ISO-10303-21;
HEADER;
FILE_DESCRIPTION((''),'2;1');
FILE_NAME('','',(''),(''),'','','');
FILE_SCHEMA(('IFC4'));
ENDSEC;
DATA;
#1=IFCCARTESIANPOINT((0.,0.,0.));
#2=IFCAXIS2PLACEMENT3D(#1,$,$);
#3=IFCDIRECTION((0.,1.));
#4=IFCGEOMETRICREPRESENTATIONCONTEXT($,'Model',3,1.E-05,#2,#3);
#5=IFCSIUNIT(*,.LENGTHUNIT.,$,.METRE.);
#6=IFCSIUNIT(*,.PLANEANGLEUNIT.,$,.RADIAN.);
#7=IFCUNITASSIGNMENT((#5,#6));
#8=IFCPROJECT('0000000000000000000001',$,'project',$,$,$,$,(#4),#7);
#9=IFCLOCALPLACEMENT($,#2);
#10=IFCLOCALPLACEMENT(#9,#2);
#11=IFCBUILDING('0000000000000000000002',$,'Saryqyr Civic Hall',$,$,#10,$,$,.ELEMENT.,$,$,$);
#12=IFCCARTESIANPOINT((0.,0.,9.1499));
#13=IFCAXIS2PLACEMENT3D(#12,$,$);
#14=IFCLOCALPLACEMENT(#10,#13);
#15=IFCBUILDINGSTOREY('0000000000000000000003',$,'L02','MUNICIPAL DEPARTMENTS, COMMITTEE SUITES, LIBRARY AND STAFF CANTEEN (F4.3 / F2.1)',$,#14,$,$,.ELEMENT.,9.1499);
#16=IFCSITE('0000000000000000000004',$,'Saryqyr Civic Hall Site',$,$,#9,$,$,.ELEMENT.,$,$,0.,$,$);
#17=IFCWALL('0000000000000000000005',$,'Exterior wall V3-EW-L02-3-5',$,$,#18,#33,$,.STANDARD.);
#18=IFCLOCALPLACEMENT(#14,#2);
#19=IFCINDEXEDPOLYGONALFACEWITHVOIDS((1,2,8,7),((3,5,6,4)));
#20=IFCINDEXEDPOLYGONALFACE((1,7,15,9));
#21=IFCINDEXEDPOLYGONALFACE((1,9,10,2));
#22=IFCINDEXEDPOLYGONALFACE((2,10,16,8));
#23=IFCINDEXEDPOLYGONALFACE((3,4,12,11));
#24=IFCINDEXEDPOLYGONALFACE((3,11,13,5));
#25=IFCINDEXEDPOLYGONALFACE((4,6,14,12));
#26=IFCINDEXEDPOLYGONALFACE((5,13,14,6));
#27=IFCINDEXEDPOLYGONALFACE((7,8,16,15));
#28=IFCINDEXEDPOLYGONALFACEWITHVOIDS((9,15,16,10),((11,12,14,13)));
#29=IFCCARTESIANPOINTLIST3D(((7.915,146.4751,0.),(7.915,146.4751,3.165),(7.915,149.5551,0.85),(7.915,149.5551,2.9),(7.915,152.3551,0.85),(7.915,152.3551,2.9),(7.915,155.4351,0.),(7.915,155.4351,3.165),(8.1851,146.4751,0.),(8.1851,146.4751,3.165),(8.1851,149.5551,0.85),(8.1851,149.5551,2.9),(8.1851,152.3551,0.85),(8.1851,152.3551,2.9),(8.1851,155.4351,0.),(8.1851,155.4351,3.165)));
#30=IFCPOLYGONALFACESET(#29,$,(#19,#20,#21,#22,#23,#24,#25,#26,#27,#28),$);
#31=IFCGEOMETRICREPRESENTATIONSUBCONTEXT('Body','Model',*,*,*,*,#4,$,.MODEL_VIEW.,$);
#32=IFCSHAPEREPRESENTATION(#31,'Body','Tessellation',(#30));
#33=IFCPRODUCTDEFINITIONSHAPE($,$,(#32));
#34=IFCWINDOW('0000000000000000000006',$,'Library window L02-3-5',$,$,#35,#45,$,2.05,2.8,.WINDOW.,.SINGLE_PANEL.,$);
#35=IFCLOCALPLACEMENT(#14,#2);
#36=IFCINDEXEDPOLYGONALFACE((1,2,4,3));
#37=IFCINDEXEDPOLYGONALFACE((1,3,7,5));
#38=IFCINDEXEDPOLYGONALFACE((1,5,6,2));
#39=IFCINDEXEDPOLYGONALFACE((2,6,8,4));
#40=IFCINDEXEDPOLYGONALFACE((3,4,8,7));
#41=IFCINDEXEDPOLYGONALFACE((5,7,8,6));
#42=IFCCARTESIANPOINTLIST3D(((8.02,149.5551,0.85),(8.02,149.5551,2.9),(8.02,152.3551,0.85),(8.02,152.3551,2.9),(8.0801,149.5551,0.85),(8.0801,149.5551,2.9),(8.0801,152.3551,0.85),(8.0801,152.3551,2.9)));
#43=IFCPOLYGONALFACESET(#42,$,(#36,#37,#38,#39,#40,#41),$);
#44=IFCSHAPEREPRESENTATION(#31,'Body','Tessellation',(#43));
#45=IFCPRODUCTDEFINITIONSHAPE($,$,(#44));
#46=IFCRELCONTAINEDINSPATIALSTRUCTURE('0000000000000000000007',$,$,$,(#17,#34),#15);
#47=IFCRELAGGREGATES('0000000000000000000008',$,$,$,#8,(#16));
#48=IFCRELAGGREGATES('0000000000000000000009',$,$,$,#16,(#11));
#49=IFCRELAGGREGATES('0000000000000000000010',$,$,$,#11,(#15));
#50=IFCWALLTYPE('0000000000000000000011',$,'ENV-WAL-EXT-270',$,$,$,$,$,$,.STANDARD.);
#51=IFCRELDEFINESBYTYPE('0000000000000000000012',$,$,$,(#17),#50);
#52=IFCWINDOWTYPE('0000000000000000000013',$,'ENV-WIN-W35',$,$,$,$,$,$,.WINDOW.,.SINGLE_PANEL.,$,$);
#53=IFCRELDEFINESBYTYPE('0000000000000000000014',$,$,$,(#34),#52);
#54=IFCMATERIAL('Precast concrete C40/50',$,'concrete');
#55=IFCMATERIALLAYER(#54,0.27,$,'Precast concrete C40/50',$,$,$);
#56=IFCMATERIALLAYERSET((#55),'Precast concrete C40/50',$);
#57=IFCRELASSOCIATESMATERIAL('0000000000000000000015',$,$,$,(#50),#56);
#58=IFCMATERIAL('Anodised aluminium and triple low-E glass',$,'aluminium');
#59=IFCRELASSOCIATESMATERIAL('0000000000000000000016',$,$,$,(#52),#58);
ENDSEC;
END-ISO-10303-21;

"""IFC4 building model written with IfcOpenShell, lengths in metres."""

from ifc_helpers import new_model, si_unit, direction, frame, frame_2d, origin, place, context, subcontext, project, spatial, rectangle, extrude, material, layer, layer_set, type_object, element, fill, save


model = new_model("IFC4")

# Units and contexts
model_context = context("Model", 3, precision=1e-05, world=origin(), true_north=direction((0.0, 1.0)))
body_context = subcontext(model_context, "Body", "Model", "MODEL_VIEW")
ifc_project = project(units=[si_unit("LENGTHUNIT", "METRE"), si_unit("PLANEANGLEUNIT", "RADIAN")], contexts=[model_context])

# Site, building, storey
site_placement = place(None, origin())
site = spatial("IfcSite", under=ifc_project, at=site_placement, Name="Saryqyr Civic Hall Site", CompositionType="ELEMENT", RefElevation=0.0)
building_placement = place(site_placement, origin())
building = spatial("IfcBuilding", under=site, at=building_placement, Name="Saryqyr Civic Hall", CompositionType="ELEMENT")
storey_placement = place(building_placement, frame((0.0, 0.0, 9.1499)))
storey = spatial("IfcBuildingStorey", under=building, at=storey_placement, Name="L02", Description="MUNICIPAL DEPARTMENTS, COMMITTEE SUITES, LIBRARY AND STAFF CANTEEN (F4.3 / F2.1)", CompositionType="ELEMENT", Elevation=9.1499)

# Wall, opening, window
ifc_material_1 = material(Name="Precast concrete C40/50", Category="concrete")
ifc_layer = layer(ifc_material_1, 0.27, Name="Precast concrete C40/50")
ifc_layer_set = layer_set([ifc_layer], Name="Precast concrete C40/50")
wall_type = type_object("IfcWallType", Name="ENV-WAL-EXT-270", PredefinedType="STANDARD", material=ifc_layer_set)
ifc_material_2 = material(Name="Anodised aluminium and triple low-E glass", Category="aluminium")
wall_1_placement = place(storey_placement, frame((8.05, 146.4751, 0.0), z_axis=(0.0, 0.0, 1.0), x_axis=(0.0, 1.0, 0.0)))
wall_1 = element("IfcWall", 1, at=wall_1_placement, inside=storey, type_object=wall_type, Name="Exterior wall V3-EW-L02-3-5", PredefinedType="STANDARD", context=body_context, shape_type="SweptSolid", body=[
    extrude(rectangle(XDim=8.96, YDim=0.27, at=frame_2d((4.48, 0.0))), origin(), (0.0, 0.0, 1.0), 3.165),
])
opening_1_placement = place(wall_1_placement, frame((3.0801, 0.0, 0.8501)))
opening_1 = element("IfcOpeningElement", 2, at=opening_1_placement, cuts=wall_1, PredefinedType="OPENING", context=body_context, shape_type="SweptSolid", body=[
    extrude(rectangle(XDim=2.8, YDim=2.05, at=frame_2d((1.3999, 1.0249))), frame((0.0, 0.145, 0.0), z_axis=(0.0, -1.0, 0.0), x_axis=(1.0, 0.0, 0.0)), (0.0, 0.0, 1.0), 0.29),
])
window_type_1 = type_object("IfcWindowType", Name="ENV-WIN-W35", PartitioningType="SINGLE_PANEL", PredefinedType="WINDOW", material=ifc_material_2)
window_1_placement = place(opening_1_placement, origin())
window_1 = element("IfcWindow", 3, at=window_1_placement, inside=storey, type_object=window_type_1, Name="Library window L02-3-5", OverallHeight=2.05, OverallWidth=2.8, PartitioningType="SINGLE_PANEL", PredefinedType="WINDOW", context=body_context, shape_type="SweptSolid", body=[
    extrude(rectangle(XDim=2.8, YDim=2.05, at=frame_2d((1.3999, 1.0249))), frame((0.0, 0.03, 0.0), z_axis=(0.0, -1.0, 0.0), x_axis=(1.0, 0.0, 0.0)), (0.0, 0.0, 1.0), 0.0601),
])
fill(opening_1, window_1)

save(model, "model.ifc")
